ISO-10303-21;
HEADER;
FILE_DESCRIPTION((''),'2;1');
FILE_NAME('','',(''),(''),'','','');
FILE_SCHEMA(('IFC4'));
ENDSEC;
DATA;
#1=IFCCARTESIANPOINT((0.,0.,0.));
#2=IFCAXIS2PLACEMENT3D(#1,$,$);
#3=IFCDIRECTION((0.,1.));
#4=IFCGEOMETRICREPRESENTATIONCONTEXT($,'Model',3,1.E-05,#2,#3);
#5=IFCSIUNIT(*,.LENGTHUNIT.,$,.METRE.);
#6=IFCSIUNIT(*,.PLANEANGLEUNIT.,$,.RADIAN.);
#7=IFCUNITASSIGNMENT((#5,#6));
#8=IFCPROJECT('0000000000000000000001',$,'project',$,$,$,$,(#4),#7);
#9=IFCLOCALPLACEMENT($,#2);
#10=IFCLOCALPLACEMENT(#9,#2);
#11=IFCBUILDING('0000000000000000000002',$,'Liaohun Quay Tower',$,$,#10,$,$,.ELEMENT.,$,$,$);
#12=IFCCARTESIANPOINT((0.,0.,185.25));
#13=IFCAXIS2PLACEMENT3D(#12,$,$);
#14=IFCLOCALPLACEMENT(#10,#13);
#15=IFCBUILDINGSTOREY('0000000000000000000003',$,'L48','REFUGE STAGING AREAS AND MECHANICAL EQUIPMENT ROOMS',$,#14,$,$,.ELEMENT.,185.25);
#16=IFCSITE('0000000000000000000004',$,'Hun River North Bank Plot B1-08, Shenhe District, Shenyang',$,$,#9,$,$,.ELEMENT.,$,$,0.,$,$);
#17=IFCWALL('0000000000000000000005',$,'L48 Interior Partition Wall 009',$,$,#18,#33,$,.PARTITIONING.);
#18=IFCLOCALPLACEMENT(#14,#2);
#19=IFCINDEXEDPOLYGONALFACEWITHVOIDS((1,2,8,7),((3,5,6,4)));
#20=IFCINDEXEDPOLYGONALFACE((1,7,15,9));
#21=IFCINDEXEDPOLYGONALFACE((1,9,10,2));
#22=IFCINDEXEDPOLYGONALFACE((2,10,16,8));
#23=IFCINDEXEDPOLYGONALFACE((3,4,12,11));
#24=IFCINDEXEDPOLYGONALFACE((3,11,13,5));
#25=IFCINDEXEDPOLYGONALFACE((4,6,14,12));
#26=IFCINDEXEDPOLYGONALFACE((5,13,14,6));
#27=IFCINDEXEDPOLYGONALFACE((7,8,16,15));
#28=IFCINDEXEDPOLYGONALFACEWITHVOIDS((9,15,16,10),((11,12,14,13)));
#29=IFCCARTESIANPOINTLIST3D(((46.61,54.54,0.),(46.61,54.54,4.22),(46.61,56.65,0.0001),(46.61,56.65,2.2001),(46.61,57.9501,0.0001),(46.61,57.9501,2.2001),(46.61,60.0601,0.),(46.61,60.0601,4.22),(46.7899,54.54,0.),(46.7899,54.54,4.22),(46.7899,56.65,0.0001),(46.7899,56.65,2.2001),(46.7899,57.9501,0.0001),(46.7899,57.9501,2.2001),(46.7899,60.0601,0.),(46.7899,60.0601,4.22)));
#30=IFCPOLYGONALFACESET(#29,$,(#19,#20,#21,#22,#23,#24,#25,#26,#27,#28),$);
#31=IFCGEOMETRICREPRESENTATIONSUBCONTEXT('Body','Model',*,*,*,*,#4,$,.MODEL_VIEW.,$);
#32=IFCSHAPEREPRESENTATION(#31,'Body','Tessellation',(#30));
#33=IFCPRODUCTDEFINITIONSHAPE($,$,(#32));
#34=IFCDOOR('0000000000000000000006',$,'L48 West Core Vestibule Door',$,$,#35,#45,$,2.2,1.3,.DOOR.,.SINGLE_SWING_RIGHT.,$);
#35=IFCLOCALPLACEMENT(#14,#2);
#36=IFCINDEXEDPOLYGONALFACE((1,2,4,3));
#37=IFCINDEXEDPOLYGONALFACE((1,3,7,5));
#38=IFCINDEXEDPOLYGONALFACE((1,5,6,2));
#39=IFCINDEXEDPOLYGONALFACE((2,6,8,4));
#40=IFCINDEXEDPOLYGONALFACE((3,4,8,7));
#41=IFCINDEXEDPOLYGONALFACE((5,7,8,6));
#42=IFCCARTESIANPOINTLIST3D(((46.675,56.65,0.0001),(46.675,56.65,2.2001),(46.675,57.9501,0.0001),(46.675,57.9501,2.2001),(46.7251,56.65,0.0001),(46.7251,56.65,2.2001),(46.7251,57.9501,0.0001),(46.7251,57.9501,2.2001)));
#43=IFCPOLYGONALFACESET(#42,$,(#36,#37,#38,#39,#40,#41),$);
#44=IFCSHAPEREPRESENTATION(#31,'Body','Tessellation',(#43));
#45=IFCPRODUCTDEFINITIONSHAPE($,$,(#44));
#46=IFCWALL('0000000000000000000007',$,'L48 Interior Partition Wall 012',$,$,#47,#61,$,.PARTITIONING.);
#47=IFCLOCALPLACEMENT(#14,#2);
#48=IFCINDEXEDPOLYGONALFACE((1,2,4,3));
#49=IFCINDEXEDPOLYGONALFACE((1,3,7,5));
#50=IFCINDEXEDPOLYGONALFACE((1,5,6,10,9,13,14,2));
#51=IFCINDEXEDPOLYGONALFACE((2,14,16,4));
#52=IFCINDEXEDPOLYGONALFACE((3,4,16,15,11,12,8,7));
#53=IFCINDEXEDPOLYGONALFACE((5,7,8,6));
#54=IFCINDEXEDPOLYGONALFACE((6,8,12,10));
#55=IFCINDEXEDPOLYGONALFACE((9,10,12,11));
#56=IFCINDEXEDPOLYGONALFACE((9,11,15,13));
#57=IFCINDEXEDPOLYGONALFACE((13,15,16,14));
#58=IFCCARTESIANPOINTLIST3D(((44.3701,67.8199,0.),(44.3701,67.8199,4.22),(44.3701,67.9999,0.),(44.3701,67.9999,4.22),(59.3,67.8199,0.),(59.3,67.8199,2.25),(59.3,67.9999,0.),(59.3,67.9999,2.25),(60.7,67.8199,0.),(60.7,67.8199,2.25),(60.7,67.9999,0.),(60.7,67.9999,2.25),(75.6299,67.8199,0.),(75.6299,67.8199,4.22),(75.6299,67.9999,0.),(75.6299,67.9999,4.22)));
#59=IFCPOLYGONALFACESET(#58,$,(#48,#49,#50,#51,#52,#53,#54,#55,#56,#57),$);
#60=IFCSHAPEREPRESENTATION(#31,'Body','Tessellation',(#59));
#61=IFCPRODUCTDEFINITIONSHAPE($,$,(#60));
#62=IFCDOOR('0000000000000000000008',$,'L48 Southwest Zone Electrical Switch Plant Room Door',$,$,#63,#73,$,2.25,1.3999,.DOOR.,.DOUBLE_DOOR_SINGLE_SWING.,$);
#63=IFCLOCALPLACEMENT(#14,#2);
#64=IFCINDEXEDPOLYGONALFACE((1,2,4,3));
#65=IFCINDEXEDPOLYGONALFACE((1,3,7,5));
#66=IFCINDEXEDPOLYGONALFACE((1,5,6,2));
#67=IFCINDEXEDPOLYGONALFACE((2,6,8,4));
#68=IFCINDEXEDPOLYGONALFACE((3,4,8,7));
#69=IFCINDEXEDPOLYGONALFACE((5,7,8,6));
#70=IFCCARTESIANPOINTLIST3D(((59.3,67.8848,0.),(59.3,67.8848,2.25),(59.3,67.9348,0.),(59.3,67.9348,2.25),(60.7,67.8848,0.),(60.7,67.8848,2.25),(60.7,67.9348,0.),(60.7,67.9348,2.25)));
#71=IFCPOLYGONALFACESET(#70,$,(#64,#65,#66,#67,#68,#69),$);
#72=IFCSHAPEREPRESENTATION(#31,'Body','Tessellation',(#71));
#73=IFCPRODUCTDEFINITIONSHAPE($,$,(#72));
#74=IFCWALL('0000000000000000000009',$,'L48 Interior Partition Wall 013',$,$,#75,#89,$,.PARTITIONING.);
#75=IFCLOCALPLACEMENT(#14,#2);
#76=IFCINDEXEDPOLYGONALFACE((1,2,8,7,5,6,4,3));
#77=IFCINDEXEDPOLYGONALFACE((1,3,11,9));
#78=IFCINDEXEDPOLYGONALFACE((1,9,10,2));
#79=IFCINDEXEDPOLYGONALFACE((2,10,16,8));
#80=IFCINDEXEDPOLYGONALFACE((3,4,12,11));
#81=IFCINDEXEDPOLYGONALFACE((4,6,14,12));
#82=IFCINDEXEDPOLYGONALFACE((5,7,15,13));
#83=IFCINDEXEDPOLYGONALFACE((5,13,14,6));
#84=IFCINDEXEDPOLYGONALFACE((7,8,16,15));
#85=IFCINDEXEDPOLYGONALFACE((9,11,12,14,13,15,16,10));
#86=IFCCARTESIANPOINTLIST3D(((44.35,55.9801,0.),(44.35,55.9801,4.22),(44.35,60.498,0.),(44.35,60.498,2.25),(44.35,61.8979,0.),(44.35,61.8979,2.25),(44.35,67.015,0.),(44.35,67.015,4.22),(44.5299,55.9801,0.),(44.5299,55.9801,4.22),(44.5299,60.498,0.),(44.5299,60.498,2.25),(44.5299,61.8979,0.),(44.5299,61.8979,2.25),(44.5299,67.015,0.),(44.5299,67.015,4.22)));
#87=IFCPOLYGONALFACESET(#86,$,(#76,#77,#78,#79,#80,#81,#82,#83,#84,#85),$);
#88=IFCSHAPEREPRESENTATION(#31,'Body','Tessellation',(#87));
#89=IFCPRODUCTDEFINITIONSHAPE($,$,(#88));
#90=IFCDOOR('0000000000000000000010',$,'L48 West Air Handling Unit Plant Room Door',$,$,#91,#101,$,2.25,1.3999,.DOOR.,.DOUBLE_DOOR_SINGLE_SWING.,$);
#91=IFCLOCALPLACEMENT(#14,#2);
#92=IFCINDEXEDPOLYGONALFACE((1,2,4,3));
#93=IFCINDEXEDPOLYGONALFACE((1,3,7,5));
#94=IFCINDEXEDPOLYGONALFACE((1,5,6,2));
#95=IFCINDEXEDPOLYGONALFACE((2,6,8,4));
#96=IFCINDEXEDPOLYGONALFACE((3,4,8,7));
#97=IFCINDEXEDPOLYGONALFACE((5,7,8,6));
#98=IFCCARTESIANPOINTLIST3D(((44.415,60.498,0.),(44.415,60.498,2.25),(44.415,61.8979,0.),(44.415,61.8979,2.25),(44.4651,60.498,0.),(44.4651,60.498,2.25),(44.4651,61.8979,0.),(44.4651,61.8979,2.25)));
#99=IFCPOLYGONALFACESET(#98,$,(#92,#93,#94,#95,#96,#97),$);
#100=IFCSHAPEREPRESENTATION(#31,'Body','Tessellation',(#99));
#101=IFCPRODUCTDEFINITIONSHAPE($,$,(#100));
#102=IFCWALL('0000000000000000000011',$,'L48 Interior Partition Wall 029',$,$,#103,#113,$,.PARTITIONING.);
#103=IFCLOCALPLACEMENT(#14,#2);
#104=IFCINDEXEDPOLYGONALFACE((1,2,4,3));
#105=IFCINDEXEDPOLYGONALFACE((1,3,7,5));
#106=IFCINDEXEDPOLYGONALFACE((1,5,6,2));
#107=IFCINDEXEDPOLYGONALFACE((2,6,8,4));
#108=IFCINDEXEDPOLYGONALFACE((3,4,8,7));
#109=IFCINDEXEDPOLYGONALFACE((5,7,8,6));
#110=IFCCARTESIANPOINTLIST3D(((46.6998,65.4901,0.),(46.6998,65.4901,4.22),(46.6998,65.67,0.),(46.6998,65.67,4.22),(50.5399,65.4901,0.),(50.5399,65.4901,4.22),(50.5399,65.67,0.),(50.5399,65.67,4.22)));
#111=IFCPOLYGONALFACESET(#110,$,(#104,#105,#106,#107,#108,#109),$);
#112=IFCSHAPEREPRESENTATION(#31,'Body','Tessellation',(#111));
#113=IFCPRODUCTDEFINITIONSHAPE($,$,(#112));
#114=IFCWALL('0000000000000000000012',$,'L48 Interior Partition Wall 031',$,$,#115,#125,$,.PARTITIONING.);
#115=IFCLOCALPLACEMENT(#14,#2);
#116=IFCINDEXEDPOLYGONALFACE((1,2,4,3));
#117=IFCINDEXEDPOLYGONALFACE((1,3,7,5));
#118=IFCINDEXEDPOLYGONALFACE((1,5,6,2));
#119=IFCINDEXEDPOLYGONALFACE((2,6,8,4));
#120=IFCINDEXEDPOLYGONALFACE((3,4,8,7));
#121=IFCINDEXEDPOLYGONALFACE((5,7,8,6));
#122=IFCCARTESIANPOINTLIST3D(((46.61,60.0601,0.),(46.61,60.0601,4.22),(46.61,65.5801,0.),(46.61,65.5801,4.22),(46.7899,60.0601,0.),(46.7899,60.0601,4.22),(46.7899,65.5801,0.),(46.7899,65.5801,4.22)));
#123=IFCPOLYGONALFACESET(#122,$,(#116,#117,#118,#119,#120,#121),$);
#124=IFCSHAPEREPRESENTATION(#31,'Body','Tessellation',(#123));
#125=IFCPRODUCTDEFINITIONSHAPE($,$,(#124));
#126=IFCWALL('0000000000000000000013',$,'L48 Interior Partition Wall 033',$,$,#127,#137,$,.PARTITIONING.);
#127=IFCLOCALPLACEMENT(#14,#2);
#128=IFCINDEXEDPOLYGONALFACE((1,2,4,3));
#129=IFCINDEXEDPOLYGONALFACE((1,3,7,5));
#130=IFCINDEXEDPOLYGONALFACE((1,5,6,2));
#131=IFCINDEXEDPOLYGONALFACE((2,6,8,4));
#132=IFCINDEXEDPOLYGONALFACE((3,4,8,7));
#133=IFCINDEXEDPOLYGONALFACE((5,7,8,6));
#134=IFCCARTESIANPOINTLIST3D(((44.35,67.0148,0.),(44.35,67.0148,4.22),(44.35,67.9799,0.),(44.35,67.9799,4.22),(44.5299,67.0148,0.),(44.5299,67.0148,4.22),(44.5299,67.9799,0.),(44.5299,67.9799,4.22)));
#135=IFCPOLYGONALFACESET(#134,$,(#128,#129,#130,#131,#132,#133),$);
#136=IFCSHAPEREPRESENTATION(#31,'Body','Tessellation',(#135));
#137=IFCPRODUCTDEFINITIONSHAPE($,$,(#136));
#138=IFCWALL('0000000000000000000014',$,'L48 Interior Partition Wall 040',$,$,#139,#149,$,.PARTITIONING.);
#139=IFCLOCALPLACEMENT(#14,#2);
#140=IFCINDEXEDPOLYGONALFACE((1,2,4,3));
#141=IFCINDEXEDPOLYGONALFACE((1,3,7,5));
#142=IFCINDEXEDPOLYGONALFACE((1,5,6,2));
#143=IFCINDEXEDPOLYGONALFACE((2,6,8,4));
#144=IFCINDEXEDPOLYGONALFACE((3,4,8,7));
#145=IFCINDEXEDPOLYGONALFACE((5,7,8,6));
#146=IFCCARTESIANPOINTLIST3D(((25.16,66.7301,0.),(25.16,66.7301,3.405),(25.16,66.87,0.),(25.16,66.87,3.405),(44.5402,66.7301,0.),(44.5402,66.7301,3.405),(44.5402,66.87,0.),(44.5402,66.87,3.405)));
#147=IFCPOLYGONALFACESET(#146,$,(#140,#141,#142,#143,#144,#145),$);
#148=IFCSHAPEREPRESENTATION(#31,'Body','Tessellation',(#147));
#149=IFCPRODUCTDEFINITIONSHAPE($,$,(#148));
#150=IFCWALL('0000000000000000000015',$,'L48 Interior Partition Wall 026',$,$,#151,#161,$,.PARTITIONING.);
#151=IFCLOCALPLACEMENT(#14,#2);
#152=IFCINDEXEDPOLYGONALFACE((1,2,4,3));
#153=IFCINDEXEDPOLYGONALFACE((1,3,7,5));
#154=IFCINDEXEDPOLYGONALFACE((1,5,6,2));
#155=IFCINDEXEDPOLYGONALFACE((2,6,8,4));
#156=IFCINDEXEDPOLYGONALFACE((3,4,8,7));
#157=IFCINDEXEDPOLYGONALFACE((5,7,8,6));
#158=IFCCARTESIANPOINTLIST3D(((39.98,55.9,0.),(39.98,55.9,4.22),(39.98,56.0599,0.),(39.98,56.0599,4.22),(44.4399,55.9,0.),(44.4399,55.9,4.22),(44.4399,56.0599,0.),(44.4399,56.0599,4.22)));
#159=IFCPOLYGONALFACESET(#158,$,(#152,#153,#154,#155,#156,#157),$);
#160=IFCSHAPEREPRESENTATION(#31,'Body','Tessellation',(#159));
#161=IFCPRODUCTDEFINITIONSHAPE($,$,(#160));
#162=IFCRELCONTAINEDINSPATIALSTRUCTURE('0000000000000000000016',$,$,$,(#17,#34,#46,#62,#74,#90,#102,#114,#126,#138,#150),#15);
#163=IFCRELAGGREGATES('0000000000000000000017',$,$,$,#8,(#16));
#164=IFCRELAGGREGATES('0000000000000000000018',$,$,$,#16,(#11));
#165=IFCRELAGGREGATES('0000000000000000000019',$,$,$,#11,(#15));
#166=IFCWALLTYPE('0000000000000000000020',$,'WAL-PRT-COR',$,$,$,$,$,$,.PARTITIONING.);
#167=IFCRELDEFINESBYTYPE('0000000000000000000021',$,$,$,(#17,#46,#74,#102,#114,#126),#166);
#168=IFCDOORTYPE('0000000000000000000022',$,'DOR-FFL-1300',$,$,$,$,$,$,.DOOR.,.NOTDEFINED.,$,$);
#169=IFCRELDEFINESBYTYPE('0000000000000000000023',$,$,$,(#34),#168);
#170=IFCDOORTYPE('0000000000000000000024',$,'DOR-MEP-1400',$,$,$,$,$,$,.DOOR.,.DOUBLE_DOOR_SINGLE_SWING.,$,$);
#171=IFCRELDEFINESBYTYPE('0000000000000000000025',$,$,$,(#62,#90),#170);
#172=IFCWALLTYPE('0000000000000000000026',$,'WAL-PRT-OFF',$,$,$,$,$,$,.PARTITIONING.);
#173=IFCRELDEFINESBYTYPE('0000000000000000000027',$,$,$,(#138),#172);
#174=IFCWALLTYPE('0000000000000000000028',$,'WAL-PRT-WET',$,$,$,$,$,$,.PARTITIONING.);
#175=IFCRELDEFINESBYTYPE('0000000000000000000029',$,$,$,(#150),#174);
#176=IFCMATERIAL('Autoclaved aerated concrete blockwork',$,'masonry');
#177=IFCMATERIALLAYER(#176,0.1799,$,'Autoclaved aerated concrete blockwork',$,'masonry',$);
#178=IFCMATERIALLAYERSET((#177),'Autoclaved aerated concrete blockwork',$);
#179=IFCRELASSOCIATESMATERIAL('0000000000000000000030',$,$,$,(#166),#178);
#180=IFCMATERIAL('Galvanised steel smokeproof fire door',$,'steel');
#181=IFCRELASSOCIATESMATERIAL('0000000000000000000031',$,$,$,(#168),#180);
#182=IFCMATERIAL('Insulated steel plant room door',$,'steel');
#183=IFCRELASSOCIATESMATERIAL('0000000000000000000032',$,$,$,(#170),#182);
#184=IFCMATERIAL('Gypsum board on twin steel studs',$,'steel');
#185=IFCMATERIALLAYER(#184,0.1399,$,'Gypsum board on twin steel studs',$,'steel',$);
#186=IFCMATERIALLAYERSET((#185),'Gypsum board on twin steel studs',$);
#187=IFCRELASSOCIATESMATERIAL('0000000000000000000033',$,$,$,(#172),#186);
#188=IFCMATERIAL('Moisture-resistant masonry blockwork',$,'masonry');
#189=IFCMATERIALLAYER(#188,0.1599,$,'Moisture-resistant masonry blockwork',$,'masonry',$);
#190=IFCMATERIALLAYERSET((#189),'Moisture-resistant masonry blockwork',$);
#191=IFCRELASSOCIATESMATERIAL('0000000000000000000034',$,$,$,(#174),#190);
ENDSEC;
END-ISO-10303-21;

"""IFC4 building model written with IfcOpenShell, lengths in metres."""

from ifc_helpers import new_model, si_unit, direction, frame, frame_2d, origin, place, context, subcontext, project, spatial, rectangle, extrude, source, transform, mapped, material, layer, layer_set, type_object, element, fill, save


model = new_model("IFC4")

# Units and contexts
model_context = context("Model", 3, precision=1e-05, world=origin(), true_north=direction((0.0, 1.0)))
body_context = subcontext(model_context, "Body", "Model", "MODEL_VIEW")
ifc_project = project(units=[si_unit("LENGTHUNIT", "METRE"), si_unit("PLANEANGLEUNIT", "RADIAN")], contexts=[model_context])

# Site, building, storey
site_placement = place(None, origin())
site = spatial("IfcSite", under=ifc_project, at=site_placement, Name="Hun River North Bank Plot B1-08, Shenhe District, Shenyang", CompositionType="ELEMENT", RefElevation=0.0)
building_placement = place(site_placement, origin())
building = spatial("IfcBuilding", under=site, at=building_placement, Name="Liaohun Quay Tower", CompositionType="ELEMENT")
storey_placement = place(building_placement, frame((0.0, 0.0, 185.25)))
storey = spatial("IfcBuildingStorey", under=building, at=storey_placement, Name="L48", Description="REFUGE STAGING AREAS AND MECHANICAL EQUIPMENT ROOMS", CompositionType="ELEMENT", Elevation=185.25)

# Walls, openings, doors
ifc_material_1 = material(Name="Autoclaved aerated concrete blockwork", Category="masonry")
ifc_layer_1 = layer(ifc_material_1, 0.1799, Name="Autoclaved aerated concrete blockwork", Category="masonry")
ifc_layer_set_1 = layer_set([ifc_layer_1], Name="Autoclaved aerated concrete blockwork")
wall_type_1 = type_object("IfcWallType", Name="WAL-PRT-COR", PredefinedType="PARTITIONING", material=ifc_layer_set_1)
wall_1_placement = place(storey_placement, frame((46.7, 54.54, 0.0), z_axis=(0.0, 0.0, 1.0), x_axis=(0.0, 1.0, 0.0)))
wall_1 = element("IfcWall", 1, at=wall_1_placement, inside=storey, type_object=wall_type_1, Name="L48 Interior Partition Wall 009", PredefinedType="PARTITIONING", context=body_context, shape_type="SweptSolid", body=[
    extrude(rectangle(XDim=5.52, YDim=0.1799, at=frame_2d((2.76, 0.0))), origin(), (0.0, 0.0, 1.0), 4.22),
])
shared_shape_1 = source(origin(), body_context, "Body", "SweptSolid", [
    extrude(rectangle(XDim=1.3, YDim=2.2, at=frame_2d((0.6499, 1.1001))), frame((0.0, 0.0999, 0.0), z_axis=(0.0, -1.0, 0.0), x_axis=(1.0, 0.0, 0.0)), (0.0, 0.0, 1.0), 0.2),
])
opening_1_placement = place(wall_1_placement, frame((2.1101, 0.0, 0.0)))
opening_1 = element("IfcOpeningElement", 2, at=opening_1_placement, cuts=wall_1, PredefinedType="OPENING", context=body_context, shape_type="MappedRepresentation", body=[
    mapped(shared_shape_1, transform((0.0, 0.0, 0.0), x_axis=(1.0, 0.0, 0.0), y_axis=(0.0, 1.0, 0.0), z_axis=(0.0, 0.0, 1.0), scale=1.0)),
])
ifc_material_2 = material(Name="Galvanised steel smokeproof fire door", Category="steel")
door_type_1 = type_object("IfcDoorType", Name="DOR-FFL-1300", OperationType="NOTDEFINED", PredefinedType="DOOR", material=ifc_material_2)
shared_shape_2 = source(origin(), body_context, "Body", "SweptSolid", [
    extrude(rectangle(XDim=1.3, YDim=2.2, at=frame_2d((0.6499, 1.1001))), frame((0.0, 0.0249, 0.0), z_axis=(0.0, -1.0, 0.0), x_axis=(1.0, 0.0, 0.0)), (0.0, 0.0, 1.0), 0.05),
])
door_1_placement = place(opening_1_placement, origin())
door_1 = element("IfcDoor", 3, at=door_1_placement, inside=storey, type_object=door_type_1, Name="L48 West Core Vestibule Door", OperationType="SINGLE_SWING_RIGHT", OverallHeight=2.2, OverallWidth=1.3, PredefinedType="DOOR", context=body_context, shape_type="MappedRepresentation", body=[
    mapped(shared_shape_2, transform((0.0, 0.0, 0.0), x_axis=(1.0, 0.0, 0.0), y_axis=(0.0, 1.0, 0.0), z_axis=(0.0, 0.0, 1.0), scale=1.0)),
])
fill(opening_1, door_1)
wall_2_placement = place(storey_placement, frame((44.3701, 67.9099, 0.0), z_axis=(0.0, 0.0, 1.0), x_axis=(1.0, 0.0, 0.0)))
wall_2 = element("IfcWall", 4, at=wall_2_placement, inside=storey, type_object=wall_type_1, Name="L48 Interior Partition Wall 012", PredefinedType="PARTITIONING", context=body_context, shape_type="SweptSolid", body=[
    extrude(rectangle(XDim=31.2598, YDim=0.1799, at=frame_2d((15.6299, 0.0))), origin(), (0.0, 0.0, 1.0), 4.22),
])
shared_shape_3 = source(origin(), body_context, "Body", "SweptSolid", [
    extrude(rectangle(XDim=1.3999, YDim=2.25, at=frame_2d((0.7, 1.125))), frame((0.0, 0.0999, 0.0), z_axis=(0.0, -1.0, 0.0), x_axis=(1.0, 0.0, 0.0)), (0.0, 0.0, 1.0), 0.2),
])
opening_2_placement = place(wall_2_placement, frame((14.9299, 0.0, 0.0)))
opening_2 = element("IfcOpeningElement", 5, at=opening_2_placement, cuts=wall_2, PredefinedType="OPENING", context=body_context, shape_type="MappedRepresentation", body=[
    mapped(shared_shape_3, transform((0.0, 0.0, 0.0), x_axis=(1.0, 0.0, 0.0), y_axis=(0.0, 1.0, 0.0), z_axis=(0.0, 0.0, 1.0), scale=1.0)),
])
ifc_material_3 = material(Name="Insulated steel plant room door", Category="steel")
door_type_2 = type_object("IfcDoorType", Name="DOR-MEP-1400", OperationType="DOUBLE_DOOR_SINGLE_SWING", PredefinedType="DOOR", material=ifc_material_3)
shared_shape_4 = source(origin(), body_context, "Body", "SweptSolid", [
    extrude(rectangle(XDim=1.3999, YDim=2.25, at=frame_2d((0.7, 1.125))), frame((0.0, 0.0249, 0.0), z_axis=(0.0, -1.0, 0.0), x_axis=(1.0, 0.0, 0.0)), (0.0, 0.0, 1.0), 0.05),
])
door_2_placement = place(opening_2_placement, origin())
door_2 = element("IfcDoor", 6, at=door_2_placement, inside=storey, type_object=door_type_2, Name="L48 Southwest Zone Electrical Switch Plant Room Door", OperationType="DOUBLE_DOOR_SINGLE_SWING", OverallHeight=2.25, OverallWidth=1.3999, PredefinedType="DOOR", context=body_context, shape_type="MappedRepresentation", body=[
    mapped(shared_shape_4, transform((0.0, 0.0, 0.0), x_axis=(1.0, 0.0, 0.0), y_axis=(0.0, 1.0, 0.0), z_axis=(0.0, 0.0, 1.0), scale=1.0)),
])
fill(opening_2, door_2)
wall_3_placement = place(storey_placement, frame((44.4399, 55.98, 0.0), z_axis=(0.0, 0.0, 1.0), x_axis=(0.0, 1.0, 0.0)))
wall_3 = element("IfcWall", 7, at=wall_3_placement, inside=storey, type_object=wall_type_1, Name="L48 Interior Partition Wall 013", PredefinedType="PARTITIONING", context=body_context, shape_type="SweptSolid", body=[
    extrude(rectangle(XDim=11.0349, YDim=0.1799, at=frame_2d((5.5176, 0.0))), origin(), (0.0, 0.0, 1.0), 4.22),
])
opening_3_placement = place(wall_3_placement, frame((4.5181, 0.0, 0.0)))
opening_3 = element("IfcOpeningElement", 8, at=opening_3_placement, cuts=wall_3, PredefinedType="OPENING", context=body_context, shape_type="MappedRepresentation", body=[
    mapped(shared_shape_3, transform((0.0, 0.0, 0.0), x_axis=(1.0, 0.0, 0.0), y_axis=(0.0, 1.0, 0.0), z_axis=(0.0, 0.0, 1.0), scale=1.0)),
])
door_3_placement = place(opening_3_placement, origin())
door_3 = element("IfcDoor", 9, at=door_3_placement, inside=storey, type_object=door_type_2, Name="L48 West Air Handling Unit Plant Room Door", OperationType="DOUBLE_DOOR_SINGLE_SWING", OverallHeight=2.25, OverallWidth=1.3999, PredefinedType="DOOR", context=body_context, shape_type="MappedRepresentation", body=[
    mapped(shared_shape_4, transform((0.0, 0.0, 0.0), x_axis=(1.0, 0.0, 0.0), y_axis=(0.0, 1.0, 0.0), z_axis=(0.0, 0.0, 1.0), scale=1.0)),
])
fill(opening_3, door_3)

# Walls
wall_4_placement = place(storey_placement, frame((46.7, 65.5801, 0.0), z_axis=(0.0, 0.0, 1.0), x_axis=(1.0, 0.0, 0.0)))
element("IfcWall", 10, at=wall_4_placement, inside=storey, type_object=wall_type_1, Name="L48 Interior Partition Wall 029", PredefinedType="PARTITIONING", context=body_context, shape_type="SweptSolid", body=[
    extrude(rectangle(XDim=3.8401, YDim=0.1799, at=frame_2d((1.9199, 0.0))), origin(), (0.0, 0.0, 1.0), 4.22),
])
wall_5_placement = place(storey_placement, frame((46.7, 60.0601, 0.0), z_axis=(0.0, 0.0, 1.0), x_axis=(0.0, 1.0, 0.0)))
element("IfcWall", 11, at=wall_5_placement, inside=storey, type_object=wall_type_1, Name="L48 Interior Partition Wall 031", PredefinedType="PARTITIONING", context=body_context, shape_type="SweptSolid", body=[
    extrude(rectangle(XDim=5.52, YDim=0.1799, at=frame_2d((2.76, 0.0))), origin(), (0.0, 0.0, 1.0), 4.22),
])
wall_6_placement = place(storey_placement, frame((44.4399, 67.0149, 0.0), z_axis=(0.0, 0.0, 1.0), x_axis=(0.0, 1.0, 0.0)))
element("IfcWall", 12, at=wall_6_placement, inside=storey, type_object=wall_type_1, Name="L48 Interior Partition Wall 033", PredefinedType="PARTITIONING", context=body_context, shape_type="SweptSolid", body=[
    extrude(rectangle(XDim=0.9651, YDim=0.1799, at=frame_2d((0.4824, 0.0))), origin(), (0.0, 0.0, 1.0), 4.22),
])
ifc_material_4 = material(Name="Gypsum board on twin steel studs", Category="steel")
ifc_layer_2 = layer(ifc_material_4, 0.1399, Name="Gypsum board on twin steel studs", Category="steel")
ifc_layer_set_2 = layer_set([ifc_layer_2], Name="Gypsum board on twin steel studs")
wall_type_2 = type_object("IfcWallType", Name="WAL-PRT-OFF", PredefinedType="PARTITIONING", material=ifc_layer_set_2)
wall_7_placement = place(storey_placement, frame((44.54, 66.8, 0.0), z_axis=(0.0, 0.0, 1.0), x_axis=(-1.0, 0.0, 0.0)))
element("IfcWall", 13, at=wall_7_placement, inside=storey, type_object=wall_type_2, Name="L48 Interior Partition Wall 040", PredefinedType="PARTITIONING", context=body_context, shape_type="SweptSolid", body=[
    extrude(rectangle(XDim=19.3801, YDim=0.1399, at=frame_2d((9.6899, 0.0))), origin(), (0.0, 0.0, 1.0), 3.405),
])
ifc_material_5 = material(Name="Moisture-resistant masonry blockwork", Category="masonry")
ifc_layer_3 = layer(ifc_material_5, 0.1599, Name="Moisture-resistant masonry blockwork", Category="masonry")
ifc_layer_set_3 = layer_set([ifc_layer_3], Name="Moisture-resistant masonry blockwork")
wall_type_3 = type_object("IfcWallType", Name="WAL-PRT-WET", PredefinedType="PARTITIONING", material=ifc_layer_set_3)
wall_8_placement = place(storey_placement, frame((39.98, 55.98, 0.0), z_axis=(0.0, 0.0, 1.0), x_axis=(1.0, 0.0, 0.0)))
element("IfcWall", 14, at=wall_8_placement, inside=storey, type_object=wall_type_3, Name="L48 Interior Partition Wall 026", PredefinedType="PARTITIONING", context=body_context, shape_type="SweptSolid", body=[
    extrude(rectangle(XDim=4.46, YDim=0.1599, at=frame_2d((2.23, 0.0))), origin(), (0.0, 0.0, 1.0), 4.22),
])

save(model, "model.ifc")
